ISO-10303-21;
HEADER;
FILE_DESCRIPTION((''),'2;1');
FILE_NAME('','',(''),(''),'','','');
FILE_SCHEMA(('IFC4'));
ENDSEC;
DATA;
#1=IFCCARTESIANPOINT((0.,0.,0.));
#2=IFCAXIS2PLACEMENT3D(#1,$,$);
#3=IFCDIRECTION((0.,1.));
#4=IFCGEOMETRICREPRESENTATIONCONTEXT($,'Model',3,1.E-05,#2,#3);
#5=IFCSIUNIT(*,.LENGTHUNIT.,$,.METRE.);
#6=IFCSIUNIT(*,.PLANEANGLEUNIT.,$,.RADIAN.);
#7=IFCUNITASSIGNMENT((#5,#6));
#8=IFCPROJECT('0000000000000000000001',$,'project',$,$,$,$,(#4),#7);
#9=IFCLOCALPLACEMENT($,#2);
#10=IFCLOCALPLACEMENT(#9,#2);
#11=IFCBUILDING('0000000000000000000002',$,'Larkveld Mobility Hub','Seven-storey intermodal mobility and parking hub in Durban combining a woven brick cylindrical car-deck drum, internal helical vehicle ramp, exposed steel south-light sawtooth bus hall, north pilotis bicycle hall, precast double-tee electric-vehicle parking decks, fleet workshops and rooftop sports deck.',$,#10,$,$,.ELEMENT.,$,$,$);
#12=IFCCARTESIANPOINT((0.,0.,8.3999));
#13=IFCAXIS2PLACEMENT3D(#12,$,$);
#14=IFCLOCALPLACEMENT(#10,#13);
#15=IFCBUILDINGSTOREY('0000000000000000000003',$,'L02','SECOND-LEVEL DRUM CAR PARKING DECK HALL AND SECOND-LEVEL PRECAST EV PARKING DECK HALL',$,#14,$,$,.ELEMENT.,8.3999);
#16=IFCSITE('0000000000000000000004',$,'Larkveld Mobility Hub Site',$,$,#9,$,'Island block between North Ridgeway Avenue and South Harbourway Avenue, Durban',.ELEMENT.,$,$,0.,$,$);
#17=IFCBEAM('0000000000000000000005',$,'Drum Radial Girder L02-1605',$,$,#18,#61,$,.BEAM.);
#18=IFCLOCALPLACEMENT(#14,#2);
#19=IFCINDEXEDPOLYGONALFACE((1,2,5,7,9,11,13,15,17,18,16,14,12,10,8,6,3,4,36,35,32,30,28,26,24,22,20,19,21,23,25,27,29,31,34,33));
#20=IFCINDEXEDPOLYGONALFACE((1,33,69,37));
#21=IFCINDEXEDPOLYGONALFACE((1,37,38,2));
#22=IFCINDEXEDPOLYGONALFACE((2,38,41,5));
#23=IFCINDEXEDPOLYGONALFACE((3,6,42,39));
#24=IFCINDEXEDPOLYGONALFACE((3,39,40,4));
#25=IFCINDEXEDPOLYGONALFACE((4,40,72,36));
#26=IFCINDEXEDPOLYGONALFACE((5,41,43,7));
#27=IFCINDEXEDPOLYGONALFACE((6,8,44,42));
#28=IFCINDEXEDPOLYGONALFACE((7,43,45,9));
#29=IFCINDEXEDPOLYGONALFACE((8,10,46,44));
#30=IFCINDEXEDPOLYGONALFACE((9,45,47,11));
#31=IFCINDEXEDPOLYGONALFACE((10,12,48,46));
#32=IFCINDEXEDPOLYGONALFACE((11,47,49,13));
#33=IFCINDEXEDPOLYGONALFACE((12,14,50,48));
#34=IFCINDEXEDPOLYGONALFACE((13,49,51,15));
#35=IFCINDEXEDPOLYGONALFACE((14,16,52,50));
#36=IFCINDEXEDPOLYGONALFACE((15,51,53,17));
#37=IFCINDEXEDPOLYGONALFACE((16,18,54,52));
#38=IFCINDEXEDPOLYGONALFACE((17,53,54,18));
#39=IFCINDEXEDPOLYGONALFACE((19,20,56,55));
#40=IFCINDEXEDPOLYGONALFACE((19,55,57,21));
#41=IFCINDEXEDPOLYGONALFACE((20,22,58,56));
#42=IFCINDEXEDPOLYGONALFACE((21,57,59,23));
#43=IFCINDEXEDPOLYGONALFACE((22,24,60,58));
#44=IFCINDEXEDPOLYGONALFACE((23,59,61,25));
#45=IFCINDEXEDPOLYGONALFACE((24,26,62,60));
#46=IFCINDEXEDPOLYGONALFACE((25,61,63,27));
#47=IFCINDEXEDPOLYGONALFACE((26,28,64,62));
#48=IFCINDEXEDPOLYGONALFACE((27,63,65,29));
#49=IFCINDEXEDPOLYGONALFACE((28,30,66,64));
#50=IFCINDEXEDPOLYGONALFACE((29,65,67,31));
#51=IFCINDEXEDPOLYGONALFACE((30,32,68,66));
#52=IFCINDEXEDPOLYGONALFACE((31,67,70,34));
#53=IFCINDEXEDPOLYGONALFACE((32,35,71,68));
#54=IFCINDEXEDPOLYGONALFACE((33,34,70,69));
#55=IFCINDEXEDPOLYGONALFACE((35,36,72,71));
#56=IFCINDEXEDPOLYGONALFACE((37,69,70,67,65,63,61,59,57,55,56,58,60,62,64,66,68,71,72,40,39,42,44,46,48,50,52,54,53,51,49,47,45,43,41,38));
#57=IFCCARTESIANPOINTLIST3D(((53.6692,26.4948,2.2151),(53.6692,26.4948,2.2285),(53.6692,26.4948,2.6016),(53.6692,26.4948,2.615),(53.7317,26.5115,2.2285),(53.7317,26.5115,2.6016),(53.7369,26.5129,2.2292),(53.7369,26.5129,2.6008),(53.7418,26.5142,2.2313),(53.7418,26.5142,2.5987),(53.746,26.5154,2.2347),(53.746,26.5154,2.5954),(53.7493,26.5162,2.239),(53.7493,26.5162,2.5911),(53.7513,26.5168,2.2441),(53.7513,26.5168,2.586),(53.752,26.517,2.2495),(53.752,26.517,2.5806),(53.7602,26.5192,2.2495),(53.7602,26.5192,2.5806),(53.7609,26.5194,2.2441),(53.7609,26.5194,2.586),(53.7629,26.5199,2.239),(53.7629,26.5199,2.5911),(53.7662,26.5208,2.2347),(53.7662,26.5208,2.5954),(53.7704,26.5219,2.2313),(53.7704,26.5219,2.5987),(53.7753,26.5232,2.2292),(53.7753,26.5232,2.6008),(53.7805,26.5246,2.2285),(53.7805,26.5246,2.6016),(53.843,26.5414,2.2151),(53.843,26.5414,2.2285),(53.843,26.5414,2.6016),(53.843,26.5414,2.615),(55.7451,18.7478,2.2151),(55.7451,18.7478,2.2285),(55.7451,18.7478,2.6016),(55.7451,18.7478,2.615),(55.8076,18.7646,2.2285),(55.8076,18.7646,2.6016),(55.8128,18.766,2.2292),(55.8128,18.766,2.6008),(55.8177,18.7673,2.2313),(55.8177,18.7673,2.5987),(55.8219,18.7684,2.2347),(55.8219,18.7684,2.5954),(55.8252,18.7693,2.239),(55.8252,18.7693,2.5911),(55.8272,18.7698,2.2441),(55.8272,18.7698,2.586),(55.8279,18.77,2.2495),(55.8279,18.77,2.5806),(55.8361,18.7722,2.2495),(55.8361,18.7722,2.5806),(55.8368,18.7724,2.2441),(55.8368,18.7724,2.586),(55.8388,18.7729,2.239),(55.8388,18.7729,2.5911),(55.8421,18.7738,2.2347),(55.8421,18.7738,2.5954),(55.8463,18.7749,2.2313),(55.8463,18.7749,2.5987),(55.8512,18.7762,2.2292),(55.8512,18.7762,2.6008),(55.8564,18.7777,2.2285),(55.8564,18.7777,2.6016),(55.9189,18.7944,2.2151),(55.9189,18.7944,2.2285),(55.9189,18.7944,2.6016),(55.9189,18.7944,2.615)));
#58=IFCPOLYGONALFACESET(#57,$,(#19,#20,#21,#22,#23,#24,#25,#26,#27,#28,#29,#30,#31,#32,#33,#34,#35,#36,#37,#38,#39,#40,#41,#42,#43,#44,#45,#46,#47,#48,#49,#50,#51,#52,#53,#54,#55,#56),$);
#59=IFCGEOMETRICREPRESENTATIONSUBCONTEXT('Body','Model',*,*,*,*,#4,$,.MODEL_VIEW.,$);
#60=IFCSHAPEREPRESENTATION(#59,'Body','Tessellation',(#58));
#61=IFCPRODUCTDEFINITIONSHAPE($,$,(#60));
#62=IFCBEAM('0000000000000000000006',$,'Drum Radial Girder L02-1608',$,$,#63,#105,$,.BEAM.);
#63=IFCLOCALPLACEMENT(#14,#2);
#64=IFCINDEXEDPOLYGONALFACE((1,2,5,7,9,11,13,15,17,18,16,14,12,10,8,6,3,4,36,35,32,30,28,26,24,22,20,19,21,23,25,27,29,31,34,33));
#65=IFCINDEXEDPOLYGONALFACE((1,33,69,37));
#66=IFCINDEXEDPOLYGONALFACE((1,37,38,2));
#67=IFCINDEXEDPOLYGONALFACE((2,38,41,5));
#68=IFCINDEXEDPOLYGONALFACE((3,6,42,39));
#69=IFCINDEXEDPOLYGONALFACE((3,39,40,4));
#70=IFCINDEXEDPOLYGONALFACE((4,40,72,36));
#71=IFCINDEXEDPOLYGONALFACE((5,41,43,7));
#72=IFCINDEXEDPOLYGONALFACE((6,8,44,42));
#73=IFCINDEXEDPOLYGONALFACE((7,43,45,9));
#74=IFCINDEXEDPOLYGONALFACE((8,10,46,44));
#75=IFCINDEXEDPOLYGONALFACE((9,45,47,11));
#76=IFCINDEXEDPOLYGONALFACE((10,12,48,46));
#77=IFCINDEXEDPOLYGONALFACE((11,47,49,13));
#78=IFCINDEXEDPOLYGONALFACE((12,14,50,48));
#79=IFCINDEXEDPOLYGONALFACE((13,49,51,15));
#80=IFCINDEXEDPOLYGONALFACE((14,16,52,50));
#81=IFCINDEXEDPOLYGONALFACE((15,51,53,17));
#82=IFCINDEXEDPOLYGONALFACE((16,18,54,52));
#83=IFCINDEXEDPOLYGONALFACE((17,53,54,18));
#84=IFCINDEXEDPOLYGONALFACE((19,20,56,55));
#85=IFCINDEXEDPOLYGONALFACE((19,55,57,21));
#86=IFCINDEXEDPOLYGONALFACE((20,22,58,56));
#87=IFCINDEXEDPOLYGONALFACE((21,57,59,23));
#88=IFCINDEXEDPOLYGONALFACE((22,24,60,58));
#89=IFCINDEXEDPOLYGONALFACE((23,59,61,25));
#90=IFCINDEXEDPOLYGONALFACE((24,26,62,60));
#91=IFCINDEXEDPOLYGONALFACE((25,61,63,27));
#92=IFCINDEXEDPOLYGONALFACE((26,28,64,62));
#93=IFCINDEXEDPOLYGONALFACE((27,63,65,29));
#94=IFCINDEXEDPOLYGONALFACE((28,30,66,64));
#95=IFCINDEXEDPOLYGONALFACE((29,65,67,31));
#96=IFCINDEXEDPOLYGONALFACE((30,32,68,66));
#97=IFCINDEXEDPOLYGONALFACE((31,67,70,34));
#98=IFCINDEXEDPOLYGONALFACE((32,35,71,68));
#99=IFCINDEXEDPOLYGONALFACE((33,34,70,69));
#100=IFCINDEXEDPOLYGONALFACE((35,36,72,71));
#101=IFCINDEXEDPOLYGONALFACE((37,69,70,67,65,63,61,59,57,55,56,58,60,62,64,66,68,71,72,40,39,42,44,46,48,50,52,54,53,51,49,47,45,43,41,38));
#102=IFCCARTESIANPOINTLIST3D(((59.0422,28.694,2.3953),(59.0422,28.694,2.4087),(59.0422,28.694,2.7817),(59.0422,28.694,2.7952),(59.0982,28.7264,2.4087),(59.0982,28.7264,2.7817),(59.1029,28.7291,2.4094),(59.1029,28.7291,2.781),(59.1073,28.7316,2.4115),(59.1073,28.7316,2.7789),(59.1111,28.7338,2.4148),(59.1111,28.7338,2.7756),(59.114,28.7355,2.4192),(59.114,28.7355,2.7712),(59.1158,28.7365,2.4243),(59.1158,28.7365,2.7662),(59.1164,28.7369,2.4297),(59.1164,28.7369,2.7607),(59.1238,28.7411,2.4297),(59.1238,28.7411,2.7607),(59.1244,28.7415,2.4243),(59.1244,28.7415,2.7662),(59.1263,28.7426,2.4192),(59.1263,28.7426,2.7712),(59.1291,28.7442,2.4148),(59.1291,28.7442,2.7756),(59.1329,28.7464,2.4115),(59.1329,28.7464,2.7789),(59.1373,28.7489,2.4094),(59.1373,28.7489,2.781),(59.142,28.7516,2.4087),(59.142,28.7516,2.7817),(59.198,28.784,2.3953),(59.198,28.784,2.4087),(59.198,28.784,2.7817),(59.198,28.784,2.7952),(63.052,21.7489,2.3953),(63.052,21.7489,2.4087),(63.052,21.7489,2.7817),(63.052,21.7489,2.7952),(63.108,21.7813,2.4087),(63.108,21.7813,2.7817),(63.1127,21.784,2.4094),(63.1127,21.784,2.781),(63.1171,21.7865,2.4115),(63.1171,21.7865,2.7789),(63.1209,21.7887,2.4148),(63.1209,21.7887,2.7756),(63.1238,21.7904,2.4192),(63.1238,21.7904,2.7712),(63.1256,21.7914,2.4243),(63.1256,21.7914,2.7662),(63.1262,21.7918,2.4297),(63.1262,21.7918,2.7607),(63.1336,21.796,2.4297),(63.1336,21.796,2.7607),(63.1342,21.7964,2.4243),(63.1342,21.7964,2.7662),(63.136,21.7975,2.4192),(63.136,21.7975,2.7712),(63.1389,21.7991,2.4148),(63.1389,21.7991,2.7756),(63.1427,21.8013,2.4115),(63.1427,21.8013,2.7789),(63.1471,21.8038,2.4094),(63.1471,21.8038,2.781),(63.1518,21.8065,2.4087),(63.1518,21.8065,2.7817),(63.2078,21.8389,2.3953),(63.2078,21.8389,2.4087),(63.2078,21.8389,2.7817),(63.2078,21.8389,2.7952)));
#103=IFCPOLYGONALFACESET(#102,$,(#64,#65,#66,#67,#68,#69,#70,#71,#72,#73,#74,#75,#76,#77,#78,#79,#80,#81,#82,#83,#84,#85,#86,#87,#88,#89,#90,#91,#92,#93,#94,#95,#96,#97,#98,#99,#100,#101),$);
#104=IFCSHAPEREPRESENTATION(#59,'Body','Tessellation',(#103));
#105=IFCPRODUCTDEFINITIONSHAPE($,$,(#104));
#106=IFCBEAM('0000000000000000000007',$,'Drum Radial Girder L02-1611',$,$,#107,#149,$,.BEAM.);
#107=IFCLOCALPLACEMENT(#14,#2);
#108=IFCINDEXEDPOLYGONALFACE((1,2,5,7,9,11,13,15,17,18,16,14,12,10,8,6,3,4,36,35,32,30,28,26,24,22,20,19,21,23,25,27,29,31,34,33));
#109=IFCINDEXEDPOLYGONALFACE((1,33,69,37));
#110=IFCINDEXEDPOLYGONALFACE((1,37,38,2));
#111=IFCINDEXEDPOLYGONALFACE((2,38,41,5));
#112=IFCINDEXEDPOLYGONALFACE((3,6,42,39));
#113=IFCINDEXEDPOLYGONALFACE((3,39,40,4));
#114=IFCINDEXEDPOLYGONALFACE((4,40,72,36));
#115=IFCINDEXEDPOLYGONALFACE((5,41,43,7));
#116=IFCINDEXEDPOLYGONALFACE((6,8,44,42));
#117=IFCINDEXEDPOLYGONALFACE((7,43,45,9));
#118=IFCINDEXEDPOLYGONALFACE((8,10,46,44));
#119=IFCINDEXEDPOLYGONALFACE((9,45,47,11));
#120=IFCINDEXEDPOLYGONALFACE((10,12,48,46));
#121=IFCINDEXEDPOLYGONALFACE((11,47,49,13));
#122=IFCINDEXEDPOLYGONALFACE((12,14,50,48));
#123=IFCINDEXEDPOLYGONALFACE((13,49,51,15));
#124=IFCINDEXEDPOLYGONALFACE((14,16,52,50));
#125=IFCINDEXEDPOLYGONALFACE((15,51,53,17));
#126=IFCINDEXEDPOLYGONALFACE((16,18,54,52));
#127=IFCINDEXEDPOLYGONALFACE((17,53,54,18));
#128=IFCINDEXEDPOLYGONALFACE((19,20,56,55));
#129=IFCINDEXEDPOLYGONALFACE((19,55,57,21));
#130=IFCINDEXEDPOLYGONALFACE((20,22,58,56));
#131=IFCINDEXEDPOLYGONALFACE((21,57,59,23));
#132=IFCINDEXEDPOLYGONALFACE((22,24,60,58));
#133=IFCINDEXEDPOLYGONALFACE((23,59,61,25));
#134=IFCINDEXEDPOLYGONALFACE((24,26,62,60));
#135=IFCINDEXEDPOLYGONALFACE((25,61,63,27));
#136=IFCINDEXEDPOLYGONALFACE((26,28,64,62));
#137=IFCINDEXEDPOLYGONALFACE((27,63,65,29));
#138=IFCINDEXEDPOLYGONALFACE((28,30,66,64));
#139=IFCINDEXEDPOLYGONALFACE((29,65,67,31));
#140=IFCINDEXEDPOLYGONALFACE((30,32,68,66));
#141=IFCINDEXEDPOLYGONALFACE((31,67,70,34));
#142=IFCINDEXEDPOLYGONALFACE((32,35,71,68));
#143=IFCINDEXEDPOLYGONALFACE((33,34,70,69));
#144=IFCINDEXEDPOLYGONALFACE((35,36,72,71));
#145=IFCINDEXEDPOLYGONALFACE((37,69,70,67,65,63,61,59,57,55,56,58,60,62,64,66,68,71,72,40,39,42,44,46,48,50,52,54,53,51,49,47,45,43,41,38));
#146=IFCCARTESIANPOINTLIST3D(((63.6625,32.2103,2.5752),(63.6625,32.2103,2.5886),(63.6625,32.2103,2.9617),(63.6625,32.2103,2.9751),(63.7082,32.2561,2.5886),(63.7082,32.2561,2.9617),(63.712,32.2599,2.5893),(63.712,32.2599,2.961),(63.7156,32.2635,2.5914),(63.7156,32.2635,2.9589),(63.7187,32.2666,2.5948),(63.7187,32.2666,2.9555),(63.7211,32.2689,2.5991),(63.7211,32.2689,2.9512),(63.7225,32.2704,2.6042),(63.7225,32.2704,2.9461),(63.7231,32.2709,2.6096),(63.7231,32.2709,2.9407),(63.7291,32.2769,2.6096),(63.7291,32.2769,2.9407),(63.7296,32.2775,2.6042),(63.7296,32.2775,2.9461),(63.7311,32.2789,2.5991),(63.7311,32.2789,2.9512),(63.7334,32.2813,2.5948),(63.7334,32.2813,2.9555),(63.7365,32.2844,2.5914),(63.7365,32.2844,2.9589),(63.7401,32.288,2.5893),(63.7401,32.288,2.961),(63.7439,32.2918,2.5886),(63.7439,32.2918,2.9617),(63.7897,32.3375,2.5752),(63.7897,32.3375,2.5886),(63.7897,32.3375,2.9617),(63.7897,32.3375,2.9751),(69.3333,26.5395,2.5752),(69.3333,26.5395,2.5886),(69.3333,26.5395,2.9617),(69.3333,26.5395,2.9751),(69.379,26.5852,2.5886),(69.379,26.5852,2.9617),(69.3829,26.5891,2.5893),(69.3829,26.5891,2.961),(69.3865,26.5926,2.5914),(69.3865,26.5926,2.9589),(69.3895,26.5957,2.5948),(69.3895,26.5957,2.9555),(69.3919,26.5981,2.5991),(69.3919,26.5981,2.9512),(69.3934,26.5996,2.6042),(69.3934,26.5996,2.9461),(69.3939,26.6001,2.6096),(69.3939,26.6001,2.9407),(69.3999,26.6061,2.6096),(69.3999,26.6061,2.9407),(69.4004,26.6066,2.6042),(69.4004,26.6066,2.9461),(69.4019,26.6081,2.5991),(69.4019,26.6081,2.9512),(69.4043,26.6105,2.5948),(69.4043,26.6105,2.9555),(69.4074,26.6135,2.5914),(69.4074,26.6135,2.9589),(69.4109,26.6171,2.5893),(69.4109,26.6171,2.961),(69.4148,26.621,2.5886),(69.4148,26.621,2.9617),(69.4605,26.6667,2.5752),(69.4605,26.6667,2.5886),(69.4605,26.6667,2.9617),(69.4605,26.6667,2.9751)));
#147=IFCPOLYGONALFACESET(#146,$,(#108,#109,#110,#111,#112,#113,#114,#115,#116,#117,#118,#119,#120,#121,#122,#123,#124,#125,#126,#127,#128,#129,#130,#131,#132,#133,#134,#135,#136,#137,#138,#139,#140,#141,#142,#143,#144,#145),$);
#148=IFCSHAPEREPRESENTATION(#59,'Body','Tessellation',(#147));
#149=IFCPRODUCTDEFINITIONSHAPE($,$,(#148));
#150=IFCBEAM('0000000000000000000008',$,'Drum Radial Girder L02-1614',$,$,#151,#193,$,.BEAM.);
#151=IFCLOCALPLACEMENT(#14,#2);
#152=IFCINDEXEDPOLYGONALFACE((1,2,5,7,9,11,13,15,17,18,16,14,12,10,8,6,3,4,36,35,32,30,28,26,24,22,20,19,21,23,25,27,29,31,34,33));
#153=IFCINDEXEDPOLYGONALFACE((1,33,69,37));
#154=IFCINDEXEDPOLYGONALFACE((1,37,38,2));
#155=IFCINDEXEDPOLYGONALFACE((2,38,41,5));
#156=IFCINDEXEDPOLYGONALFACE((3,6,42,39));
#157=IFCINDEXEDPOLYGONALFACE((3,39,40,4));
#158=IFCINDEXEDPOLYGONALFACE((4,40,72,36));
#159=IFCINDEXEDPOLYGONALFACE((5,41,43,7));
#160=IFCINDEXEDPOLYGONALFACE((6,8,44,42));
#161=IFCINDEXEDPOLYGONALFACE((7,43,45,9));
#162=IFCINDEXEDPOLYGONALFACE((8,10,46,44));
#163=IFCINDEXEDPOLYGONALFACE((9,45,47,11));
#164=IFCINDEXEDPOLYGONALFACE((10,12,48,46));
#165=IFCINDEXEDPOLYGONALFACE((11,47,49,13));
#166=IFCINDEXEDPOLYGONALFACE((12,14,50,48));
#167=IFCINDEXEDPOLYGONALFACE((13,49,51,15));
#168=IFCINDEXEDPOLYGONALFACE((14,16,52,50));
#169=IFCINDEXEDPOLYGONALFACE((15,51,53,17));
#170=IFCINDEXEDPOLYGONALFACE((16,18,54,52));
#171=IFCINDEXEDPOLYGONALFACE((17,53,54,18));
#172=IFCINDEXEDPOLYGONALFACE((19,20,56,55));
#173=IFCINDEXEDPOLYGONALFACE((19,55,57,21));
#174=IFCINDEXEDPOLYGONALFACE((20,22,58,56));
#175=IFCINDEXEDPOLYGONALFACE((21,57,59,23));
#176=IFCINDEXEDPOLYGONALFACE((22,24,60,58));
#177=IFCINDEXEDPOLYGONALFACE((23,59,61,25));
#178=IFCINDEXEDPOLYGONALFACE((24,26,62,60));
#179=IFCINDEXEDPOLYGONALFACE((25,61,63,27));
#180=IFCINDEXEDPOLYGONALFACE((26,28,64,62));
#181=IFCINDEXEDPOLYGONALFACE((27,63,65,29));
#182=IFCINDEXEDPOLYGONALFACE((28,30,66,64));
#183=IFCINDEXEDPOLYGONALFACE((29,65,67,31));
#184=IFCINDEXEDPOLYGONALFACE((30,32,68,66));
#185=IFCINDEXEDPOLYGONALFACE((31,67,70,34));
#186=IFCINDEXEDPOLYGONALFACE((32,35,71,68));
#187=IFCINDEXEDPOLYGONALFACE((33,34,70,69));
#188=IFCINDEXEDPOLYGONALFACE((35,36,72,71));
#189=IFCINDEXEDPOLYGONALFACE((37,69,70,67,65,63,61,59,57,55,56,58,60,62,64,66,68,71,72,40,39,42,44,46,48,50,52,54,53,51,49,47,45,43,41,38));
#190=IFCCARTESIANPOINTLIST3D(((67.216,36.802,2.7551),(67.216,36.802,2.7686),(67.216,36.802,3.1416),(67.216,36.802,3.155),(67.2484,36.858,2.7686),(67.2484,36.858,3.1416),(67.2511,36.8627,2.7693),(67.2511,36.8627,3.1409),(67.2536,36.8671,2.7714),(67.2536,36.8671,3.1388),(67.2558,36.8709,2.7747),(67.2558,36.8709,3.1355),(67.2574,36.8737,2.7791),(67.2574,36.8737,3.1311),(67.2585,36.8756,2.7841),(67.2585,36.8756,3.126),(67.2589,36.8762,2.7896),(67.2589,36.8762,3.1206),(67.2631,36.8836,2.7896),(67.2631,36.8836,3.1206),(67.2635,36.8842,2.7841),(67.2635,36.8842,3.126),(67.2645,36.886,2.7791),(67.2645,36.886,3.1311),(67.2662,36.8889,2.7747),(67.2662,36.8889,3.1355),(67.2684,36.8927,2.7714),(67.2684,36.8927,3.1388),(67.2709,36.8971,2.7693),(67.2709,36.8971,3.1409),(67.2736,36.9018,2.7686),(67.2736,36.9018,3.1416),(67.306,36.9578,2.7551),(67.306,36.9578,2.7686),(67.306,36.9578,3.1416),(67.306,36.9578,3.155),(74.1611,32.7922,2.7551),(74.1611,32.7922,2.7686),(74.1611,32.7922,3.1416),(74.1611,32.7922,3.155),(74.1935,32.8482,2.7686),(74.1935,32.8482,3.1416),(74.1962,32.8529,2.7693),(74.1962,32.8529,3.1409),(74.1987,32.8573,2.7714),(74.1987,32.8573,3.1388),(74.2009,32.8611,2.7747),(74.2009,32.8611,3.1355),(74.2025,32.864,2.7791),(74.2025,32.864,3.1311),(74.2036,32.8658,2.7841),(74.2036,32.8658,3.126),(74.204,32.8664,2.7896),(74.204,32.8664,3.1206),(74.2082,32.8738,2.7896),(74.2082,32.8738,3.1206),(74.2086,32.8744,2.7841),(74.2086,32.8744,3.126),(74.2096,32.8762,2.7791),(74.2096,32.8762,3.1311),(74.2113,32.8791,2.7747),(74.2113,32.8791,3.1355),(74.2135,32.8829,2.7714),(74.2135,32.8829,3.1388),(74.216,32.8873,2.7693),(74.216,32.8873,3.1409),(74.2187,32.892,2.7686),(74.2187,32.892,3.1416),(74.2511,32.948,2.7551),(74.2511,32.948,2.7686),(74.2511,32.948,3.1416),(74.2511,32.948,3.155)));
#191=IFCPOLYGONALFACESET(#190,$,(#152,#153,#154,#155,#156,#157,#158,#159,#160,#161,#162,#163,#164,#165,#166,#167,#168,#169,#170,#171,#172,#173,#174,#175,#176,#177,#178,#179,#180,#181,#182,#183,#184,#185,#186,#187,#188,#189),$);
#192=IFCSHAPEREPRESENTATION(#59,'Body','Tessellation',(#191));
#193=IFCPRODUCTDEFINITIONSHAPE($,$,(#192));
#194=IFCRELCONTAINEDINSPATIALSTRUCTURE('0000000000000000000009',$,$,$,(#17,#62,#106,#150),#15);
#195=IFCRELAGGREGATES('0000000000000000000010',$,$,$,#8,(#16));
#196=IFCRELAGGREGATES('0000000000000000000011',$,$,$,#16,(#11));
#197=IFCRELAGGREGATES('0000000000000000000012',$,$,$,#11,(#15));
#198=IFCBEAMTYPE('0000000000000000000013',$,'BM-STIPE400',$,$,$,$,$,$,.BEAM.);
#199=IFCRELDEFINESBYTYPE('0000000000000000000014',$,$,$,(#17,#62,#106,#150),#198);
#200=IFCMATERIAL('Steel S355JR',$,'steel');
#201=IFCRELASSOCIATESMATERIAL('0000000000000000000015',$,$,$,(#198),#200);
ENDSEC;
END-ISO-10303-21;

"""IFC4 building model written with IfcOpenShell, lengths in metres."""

from ifc_helpers import new_model, si_unit, direction, frame, origin, origin_2d, place, context, subcontext, project, spatial, i_section, extrude, material, material_profile, profile_set, type_object, element, save


model = new_model("IFC4")

# Units and contexts
model_context = context("Model", 3, precision=1e-05, world=origin(), true_north=direction((0.0, 1.0)))
body_context = subcontext(model_context, "Body", "Model", "MODEL_VIEW")
ifc_project = project(units=[si_unit("LENGTHUNIT", "METRE"), si_unit("PLANEANGLEUNIT", "RADIAN")], contexts=[model_context])

# Site, building, storey
site_placement = place(None, origin())
site = spatial("IfcSite", under=ifc_project, at=site_placement, Name="Larkveld Mobility Hub Site", LongName="Island block between North Ridgeway Avenue and South Harbourway Avenue, Durban", CompositionType="ELEMENT", RefElevation=0.0)
building_placement = place(site_placement, origin())
building = spatial("IfcBuilding", under=site, at=building_placement, Name="Larkveld Mobility Hub", Description="Seven-storey intermodal mobility and parking hub in Durban combining a woven brick cylindrical car-deck drum, internal helical vehicle ramp, exposed steel south-light sawtooth bus hall, north pilotis bicycle hall, precast double-tee electric-vehicle parking decks, fleet workshops and rooftop sports deck.", CompositionType="ELEMENT")
storey_placement = place(building_placement, frame((0.0, 0.0, 8.3999)))
storey = spatial("IfcBuildingStorey", under=building, at=storey_placement, Name="L02", Description="SECOND-LEVEL DRUM CAR PARKING DECK HALL AND SECOND-LEVEL PRECAST EV PARKING DECK HALL", CompositionType="ELEMENT", Elevation=8.3999)

# Beams
ifc_material_1 = material(Name="Steel S355JR", Category="steel")
ifc_material_profile_1 = material_profile(ifc_material_1, i_section(OverallWidth=0.1799, OverallDepth=0.3999, WebThickness=0.0085, FlangeThickness=0.0134, FilletRadius=0.021, at=origin_2d()), Name="IPE 400")
ifc_profile_set_1 = profile_set([ifc_material_profile_1], Name="Steel S355JR")
beam_type_1 = type_object("IfcBeamType", Name="BM-STIPE400", PredefinedType="BEAM", material=ifc_profile_set_1)
beam_1_placement = place(storey_placement, frame((53.7561, 26.5181, 2.415), z_axis=(0.258831, -0.965923, 0.0), x_axis=(0.965923, 0.258831, 0.0)))
element("IfcBeam", 1, at=beam_1_placement, inside=storey, type_object=beam_type_1, Name="Drum Radial Girder L02-1605", PredefinedType="BEAM", context=body_context, shape_type="SweptSolid", body=[
    extrude(i_section(OverallWidth=0.1799, OverallDepth=0.3999, WebThickness=0.0085, FlangeThickness=0.0134, FilletRadius=0.021, at=origin_2d()), origin(), (0.0, 0.0, 1.0), 8.0203),
])
beam_2_placement = place(storey_placement, frame((59.1201, 28.739, 2.5952), z_axis=(0.500003, -0.866024, 0.0), x_axis=(0.866024, 0.500003, 0.0)))
element("IfcBeam", 2, at=beam_2_placement, inside=storey, type_object=beam_type_1, Name="Drum Radial Girder L02-1608", PredefinedType="BEAM", context=body_context, shape_type="SweptSolid", body=[
    extrude(i_section(OverallWidth=0.1799, OverallDepth=0.3999, WebThickness=0.0085, FlangeThickness=0.0134, FilletRadius=0.021, at=origin_2d()), origin(), (0.0, 0.0, 1.0), 8.0195),
])
beam_3_placement = place(storey_placement, frame((63.7261, 32.2739, 2.7751), z_axis=(0.707107, -0.707107, 0.0), x_axis=(0.707107, 0.707107, 0.0)))
element("IfcBeam", 3, at=beam_3_placement, inside=storey, type_object=beam_type_1, Name="Drum Radial Girder L02-1611", PredefinedType="BEAM", context=body_context, shape_type="SweptSolid", body=[
    extrude(i_section(OverallWidth=0.1799, OverallDepth=0.3999, WebThickness=0.0085, FlangeThickness=0.0134, FilletRadius=0.021, at=origin_2d()), origin(), (0.0, 0.0, 1.0), 8.0198),
])
beam_4_placement = place(storey_placement, frame((67.261, 36.8799, 2.9551), z_axis=(0.866024, -0.500003, 0.0), x_axis=(0.500003, 0.866024, 0.0)))
element("IfcBeam", 4, at=beam_4_placement, inside=storey, type_object=beam_type_1, Name="Drum Radial Girder L02-1614", PredefinedType="BEAM", context=body_context, shape_type="SweptSolid", body=[
    extrude(i_section(OverallWidth=0.1799, OverallDepth=0.3999, WebThickness=0.0085, FlangeThickness=0.0134, FilletRadius=0.021, at=origin_2d()), origin(), (0.0, 0.0, 1.0), 8.0195),
])

save(model, "model.ifc")
